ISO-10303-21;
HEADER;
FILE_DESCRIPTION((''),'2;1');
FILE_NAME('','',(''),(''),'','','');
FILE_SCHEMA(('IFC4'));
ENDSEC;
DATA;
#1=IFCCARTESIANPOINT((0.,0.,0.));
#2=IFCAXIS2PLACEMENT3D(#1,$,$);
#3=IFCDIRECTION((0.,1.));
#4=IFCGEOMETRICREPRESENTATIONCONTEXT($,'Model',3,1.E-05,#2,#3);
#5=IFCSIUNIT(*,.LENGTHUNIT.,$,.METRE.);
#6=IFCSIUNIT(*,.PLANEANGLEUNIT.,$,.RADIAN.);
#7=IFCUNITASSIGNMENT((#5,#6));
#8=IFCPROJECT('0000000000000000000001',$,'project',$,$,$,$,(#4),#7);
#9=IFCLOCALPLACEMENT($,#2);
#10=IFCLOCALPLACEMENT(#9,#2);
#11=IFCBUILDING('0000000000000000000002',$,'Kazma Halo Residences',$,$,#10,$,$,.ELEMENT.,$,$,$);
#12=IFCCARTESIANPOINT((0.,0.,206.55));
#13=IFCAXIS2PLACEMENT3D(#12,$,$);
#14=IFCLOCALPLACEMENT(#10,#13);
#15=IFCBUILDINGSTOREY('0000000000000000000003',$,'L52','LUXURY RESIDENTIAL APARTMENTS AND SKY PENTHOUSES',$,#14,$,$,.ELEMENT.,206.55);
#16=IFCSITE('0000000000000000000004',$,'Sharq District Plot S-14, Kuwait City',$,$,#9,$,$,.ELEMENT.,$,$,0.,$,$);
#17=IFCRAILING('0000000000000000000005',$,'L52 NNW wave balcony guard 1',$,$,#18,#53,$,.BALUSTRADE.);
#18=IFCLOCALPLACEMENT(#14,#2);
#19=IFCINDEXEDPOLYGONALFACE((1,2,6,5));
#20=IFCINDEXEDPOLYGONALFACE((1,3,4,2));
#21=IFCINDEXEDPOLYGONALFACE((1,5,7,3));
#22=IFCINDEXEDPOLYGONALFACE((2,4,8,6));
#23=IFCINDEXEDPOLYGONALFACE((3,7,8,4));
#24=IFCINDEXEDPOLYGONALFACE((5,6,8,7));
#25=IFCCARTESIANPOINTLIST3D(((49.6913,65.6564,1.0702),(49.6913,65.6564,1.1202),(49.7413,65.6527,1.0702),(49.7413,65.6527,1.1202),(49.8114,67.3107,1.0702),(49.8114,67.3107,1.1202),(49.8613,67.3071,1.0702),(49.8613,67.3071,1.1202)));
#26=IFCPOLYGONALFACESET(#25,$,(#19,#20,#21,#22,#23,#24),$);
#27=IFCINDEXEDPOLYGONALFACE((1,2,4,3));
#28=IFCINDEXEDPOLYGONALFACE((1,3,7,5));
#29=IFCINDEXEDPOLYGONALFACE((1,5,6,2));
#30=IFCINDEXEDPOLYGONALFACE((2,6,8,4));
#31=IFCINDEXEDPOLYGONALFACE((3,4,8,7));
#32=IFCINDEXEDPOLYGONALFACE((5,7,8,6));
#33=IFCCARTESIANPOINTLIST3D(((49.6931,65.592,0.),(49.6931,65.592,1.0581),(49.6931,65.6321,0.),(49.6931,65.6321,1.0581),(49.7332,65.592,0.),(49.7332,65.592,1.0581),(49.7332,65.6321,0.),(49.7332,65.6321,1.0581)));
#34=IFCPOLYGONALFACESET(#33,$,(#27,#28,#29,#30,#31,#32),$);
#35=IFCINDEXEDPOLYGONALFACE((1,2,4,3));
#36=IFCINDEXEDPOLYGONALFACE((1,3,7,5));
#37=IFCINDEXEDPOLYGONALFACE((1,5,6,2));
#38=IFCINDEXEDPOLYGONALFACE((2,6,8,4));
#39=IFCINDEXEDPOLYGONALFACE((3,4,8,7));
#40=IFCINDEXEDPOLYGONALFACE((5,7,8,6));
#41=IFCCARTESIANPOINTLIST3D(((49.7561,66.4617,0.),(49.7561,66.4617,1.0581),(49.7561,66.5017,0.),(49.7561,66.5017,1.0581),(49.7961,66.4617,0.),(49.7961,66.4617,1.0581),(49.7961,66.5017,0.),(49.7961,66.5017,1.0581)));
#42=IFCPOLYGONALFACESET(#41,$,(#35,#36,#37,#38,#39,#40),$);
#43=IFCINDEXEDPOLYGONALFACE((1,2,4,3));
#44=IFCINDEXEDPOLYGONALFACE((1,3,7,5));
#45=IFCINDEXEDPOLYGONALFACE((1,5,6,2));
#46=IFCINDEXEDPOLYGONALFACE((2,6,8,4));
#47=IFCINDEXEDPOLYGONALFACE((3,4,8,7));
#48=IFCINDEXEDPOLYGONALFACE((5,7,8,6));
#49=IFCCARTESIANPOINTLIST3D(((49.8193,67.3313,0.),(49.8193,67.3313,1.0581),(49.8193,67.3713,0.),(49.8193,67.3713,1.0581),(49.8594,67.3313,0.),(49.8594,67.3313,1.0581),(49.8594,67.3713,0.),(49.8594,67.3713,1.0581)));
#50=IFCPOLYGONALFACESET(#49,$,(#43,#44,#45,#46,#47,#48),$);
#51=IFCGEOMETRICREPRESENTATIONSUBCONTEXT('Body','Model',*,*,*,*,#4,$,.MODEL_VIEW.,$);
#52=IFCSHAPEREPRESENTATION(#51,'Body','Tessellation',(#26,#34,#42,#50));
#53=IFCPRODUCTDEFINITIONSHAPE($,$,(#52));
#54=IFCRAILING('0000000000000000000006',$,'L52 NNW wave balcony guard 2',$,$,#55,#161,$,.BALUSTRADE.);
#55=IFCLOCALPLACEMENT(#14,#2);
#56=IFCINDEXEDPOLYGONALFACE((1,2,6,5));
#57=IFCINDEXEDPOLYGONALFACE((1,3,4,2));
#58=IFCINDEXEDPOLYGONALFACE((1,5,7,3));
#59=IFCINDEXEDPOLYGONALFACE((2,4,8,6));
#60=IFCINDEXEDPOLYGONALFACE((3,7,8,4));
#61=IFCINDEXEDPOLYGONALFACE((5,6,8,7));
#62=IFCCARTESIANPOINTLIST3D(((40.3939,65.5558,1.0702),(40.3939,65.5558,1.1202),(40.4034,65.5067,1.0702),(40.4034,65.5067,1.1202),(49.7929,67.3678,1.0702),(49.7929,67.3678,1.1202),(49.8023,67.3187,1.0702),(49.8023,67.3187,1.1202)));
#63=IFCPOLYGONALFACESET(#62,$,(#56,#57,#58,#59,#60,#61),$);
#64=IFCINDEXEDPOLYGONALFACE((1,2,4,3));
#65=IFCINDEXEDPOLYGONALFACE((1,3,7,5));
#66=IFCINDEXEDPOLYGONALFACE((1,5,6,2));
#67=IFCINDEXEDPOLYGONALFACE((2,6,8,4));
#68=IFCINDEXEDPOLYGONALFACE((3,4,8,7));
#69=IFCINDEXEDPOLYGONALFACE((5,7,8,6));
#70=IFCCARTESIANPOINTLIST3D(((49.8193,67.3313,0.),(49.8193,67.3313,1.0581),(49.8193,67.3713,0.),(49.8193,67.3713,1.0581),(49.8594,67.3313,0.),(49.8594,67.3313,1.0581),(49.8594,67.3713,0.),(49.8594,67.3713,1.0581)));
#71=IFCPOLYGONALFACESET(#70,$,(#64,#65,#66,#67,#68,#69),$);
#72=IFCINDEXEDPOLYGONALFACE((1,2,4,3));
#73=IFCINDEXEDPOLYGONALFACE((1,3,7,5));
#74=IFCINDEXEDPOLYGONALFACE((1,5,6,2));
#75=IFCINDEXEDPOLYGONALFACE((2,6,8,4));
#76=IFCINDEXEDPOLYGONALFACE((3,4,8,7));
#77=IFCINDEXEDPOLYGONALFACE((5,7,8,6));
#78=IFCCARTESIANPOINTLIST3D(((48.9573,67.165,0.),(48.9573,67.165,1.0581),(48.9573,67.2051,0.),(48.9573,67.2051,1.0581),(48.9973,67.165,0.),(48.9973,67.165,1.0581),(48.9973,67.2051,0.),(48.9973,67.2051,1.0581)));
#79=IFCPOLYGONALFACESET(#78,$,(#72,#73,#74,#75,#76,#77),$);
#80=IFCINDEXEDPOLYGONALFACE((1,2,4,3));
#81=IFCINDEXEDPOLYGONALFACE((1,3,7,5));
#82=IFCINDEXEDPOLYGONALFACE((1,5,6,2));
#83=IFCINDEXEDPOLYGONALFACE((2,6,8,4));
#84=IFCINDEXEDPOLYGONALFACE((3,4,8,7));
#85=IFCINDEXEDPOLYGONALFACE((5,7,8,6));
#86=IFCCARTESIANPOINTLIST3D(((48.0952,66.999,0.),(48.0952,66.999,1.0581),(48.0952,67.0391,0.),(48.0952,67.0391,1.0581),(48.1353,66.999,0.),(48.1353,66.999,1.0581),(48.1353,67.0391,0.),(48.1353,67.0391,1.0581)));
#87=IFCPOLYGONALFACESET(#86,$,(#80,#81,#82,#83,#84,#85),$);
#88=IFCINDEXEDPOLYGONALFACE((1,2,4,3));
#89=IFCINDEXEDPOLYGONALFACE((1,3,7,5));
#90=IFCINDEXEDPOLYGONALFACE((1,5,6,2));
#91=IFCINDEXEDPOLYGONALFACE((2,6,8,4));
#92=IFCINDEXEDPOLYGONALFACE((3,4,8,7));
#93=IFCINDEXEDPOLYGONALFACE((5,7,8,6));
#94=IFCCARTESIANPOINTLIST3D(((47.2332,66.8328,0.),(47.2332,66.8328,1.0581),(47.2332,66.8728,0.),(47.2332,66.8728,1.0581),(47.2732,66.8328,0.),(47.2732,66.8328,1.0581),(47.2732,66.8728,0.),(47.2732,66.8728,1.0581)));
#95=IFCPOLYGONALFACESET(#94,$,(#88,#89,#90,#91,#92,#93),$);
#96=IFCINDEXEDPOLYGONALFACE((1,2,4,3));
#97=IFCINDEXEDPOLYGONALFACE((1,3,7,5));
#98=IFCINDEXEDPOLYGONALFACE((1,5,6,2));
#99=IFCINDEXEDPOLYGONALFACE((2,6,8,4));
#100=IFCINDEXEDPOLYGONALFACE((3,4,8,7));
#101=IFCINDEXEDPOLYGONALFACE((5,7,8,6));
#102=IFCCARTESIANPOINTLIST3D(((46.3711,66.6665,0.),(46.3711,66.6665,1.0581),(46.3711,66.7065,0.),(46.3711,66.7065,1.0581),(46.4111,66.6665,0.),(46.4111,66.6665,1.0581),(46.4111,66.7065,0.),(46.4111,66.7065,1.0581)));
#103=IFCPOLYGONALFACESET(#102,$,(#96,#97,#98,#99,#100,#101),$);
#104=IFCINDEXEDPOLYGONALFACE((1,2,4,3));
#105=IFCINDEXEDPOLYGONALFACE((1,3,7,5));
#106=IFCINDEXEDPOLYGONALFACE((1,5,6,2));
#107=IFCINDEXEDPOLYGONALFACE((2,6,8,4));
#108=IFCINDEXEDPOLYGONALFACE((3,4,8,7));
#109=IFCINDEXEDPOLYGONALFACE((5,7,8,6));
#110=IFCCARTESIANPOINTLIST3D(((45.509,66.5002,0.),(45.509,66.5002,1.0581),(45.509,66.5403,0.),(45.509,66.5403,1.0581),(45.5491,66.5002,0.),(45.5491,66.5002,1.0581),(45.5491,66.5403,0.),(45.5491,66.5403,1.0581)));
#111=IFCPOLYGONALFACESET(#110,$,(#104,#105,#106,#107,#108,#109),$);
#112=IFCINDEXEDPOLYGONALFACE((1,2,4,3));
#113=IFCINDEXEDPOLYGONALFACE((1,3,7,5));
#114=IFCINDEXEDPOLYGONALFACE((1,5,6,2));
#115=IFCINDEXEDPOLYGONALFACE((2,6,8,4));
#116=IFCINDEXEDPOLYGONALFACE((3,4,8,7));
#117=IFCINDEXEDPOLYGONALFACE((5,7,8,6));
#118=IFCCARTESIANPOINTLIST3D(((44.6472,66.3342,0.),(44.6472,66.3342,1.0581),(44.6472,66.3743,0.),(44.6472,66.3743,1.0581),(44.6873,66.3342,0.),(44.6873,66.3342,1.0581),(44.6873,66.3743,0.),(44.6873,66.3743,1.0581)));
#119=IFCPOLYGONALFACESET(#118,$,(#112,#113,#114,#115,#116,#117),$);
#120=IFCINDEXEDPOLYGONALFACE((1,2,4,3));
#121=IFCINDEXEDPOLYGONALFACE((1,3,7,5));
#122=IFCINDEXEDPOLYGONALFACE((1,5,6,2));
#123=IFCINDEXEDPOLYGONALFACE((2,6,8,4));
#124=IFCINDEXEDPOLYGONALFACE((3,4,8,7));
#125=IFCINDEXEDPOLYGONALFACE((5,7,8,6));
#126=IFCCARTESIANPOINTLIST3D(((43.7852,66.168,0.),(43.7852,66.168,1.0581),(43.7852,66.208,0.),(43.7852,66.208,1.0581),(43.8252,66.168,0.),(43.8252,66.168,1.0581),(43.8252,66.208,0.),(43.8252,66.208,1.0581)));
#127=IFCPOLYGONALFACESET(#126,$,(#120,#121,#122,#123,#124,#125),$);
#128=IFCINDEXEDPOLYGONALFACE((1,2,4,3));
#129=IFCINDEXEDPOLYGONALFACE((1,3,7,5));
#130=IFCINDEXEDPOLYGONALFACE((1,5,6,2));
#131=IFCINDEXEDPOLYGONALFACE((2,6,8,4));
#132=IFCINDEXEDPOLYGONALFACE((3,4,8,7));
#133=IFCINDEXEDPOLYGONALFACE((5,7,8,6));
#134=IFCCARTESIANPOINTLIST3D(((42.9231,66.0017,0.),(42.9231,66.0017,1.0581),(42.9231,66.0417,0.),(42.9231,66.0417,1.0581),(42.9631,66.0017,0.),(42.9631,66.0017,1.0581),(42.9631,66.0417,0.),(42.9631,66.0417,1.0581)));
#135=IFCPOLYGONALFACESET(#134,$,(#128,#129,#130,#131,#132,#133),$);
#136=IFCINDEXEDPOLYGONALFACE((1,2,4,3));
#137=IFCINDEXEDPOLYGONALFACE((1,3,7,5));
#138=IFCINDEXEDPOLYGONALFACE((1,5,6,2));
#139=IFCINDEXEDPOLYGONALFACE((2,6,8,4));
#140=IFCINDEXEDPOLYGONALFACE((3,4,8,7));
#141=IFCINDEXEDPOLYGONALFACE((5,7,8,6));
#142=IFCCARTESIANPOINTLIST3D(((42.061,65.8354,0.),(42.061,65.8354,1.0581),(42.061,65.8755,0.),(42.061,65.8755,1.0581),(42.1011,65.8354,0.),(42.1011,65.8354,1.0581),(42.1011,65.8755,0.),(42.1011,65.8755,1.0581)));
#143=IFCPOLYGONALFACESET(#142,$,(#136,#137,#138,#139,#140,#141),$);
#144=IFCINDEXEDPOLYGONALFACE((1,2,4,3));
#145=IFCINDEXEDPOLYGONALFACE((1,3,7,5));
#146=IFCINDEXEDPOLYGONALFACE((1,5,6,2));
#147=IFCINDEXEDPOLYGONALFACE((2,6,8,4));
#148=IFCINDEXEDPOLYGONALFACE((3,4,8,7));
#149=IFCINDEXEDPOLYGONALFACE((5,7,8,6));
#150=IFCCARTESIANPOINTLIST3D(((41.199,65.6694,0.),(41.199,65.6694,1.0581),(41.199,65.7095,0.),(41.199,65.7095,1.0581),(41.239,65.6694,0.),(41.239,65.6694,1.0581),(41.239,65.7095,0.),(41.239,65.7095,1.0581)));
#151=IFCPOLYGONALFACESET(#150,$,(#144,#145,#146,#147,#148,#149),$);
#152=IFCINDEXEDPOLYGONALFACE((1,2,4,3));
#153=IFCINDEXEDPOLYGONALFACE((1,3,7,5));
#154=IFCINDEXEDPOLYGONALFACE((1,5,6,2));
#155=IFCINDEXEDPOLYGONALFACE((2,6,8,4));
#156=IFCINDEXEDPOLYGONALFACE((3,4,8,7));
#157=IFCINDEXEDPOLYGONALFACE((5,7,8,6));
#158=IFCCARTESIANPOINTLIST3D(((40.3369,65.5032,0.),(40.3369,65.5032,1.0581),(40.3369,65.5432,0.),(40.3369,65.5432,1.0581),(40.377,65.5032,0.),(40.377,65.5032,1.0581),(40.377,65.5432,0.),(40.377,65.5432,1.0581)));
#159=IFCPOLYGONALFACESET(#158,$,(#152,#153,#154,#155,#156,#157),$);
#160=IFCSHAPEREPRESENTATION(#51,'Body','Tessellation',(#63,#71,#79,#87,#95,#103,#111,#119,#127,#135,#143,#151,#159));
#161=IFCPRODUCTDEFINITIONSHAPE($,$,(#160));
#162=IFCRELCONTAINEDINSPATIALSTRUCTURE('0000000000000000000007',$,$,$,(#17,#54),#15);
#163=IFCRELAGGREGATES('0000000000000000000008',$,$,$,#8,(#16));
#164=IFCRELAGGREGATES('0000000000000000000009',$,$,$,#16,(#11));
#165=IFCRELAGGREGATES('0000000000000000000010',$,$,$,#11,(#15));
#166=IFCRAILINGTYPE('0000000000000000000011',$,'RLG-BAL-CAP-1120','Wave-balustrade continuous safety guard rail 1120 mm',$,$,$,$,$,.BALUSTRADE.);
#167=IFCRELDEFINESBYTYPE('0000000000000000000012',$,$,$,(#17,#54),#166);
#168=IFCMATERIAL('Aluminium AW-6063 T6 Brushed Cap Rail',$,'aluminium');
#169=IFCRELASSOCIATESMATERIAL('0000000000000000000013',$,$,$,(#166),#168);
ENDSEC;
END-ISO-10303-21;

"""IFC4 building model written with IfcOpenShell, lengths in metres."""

from ifc_helpers import new_model, si_unit, direction, frame, origin, origin_2d, place, context, subcontext, project, spatial, rectangle, extrude, material, type_object, element, save


model = new_model("IFC4")

# Units and contexts
model_context = context("Model", 3, precision=1e-05, world=origin(), true_north=direction((0.0, 1.0)))
body_context = subcontext(model_context, "Body", "Model", "MODEL_VIEW")
ifc_project = project(units=[si_unit("LENGTHUNIT", "METRE"), si_unit("PLANEANGLEUNIT", "RADIAN")], contexts=[model_context])

# Site, building, storey
site_placement = place(None, origin())
site = spatial("IfcSite", under=ifc_project, at=site_placement, Name="Sharq District Plot S-14, Kuwait City", CompositionType="ELEMENT", RefElevation=0.0)
building_placement = place(site_placement, origin())
building = spatial("IfcBuilding", under=site, at=building_placement, Name="Kazma Halo Residences", CompositionType="ELEMENT")
storey_placement = place(building_placement, frame((0.0, 0.0, 206.55)))
storey = spatial("IfcBuildingStorey", under=building, at=storey_placement, Name="L52", Description="LUXURY RESIDENTIAL APARTMENTS AND SKY PENTHOUSES", CompositionType="ELEMENT", Elevation=206.55)

# Railings
ifc_material_1 = material(Name="Aluminium AW-6063 T6 Brushed Cap Rail", Category="aluminium")
railing_type = type_object("IfcRailingType", Name="RLG-BAL-CAP-1120", Description="Wave-balustrade continuous safety guard rail 1120 mm", PredefinedType="BALUSTRADE", material=ifc_material_1)
railing_1_placement = place(storey_placement, frame((49.7131, 65.6121, 0.0)))
element("IfcRailing", 1, at=railing_1_placement, inside=storey, type_object=railing_type, Name="L52 NNW wave balcony guard 1", PredefinedType="BALUSTRADE", context=body_context, shape_type="SweptSolid", body=[
    extrude(rectangle(XDim=0.05, YDim=0.05, at=origin_2d()), frame((0.0032, 0.0425, 1.0952), z_axis=(0.072381, 0.997377, 0.0), x_axis=(-0.997377, 0.072381, 0.0)), (0.0, 0.0, 1.0), 1.6587),
    extrude(rectangle(XDim=0.04, YDim=0.04, at=origin_2d()), origin(), (0.0, 0.0, 1.0), 1.0581),
    extrude(rectangle(XDim=0.04, YDim=0.04, at=origin_2d()), frame((0.063, 0.8696, 0.0)), (0.0, 0.0, 1.0), 1.0581),
    extrude(rectangle(XDim=0.04, YDim=0.04, at=origin_2d()), frame((0.1262, 1.7393, 0.0)), (0.0, 0.0, 1.0), 1.0581),
])
railing_2_placement = place(storey_placement, frame((49.8394, 67.3513, 0.0)))
element("IfcRailing", 2, at=railing_2_placement, inside=storey, type_object=railing_type, Name="L52 NNW wave balcony guard 2", PredefinedType="BALUSTRADE", context=body_context, shape_type="SweptSolid", body=[
    extrude(rectangle(XDim=0.05, YDim=0.05, at=origin_2d()), frame((-0.0417, -0.0081, 1.0952), z_axis=(-0.981918, -0.189305, 0.0), x_axis=(0.189305, -0.981918, 0.0)), (0.0, 0.0, 1.0), 9.572),
    extrude(rectangle(XDim=0.04, YDim=0.04, at=origin_2d()), origin(), (0.0, 0.0, 1.0), 1.0581),
    extrude(rectangle(XDim=0.04, YDim=0.04, at=origin_2d()), frame((-0.8621, -0.1663, 0.0)), (0.0, 0.0, 1.0), 1.0581),
    extrude(rectangle(XDim=0.04, YDim=0.04, at=origin_2d()), frame((-1.7241, -0.3323, 0.0)), (0.0, 0.0, 1.0), 1.0581),
    extrude(rectangle(XDim=0.04, YDim=0.04, at=origin_2d()), frame((-2.5862, -0.4985, 0.0)), (0.0, 0.0, 1.0), 1.0581),
    extrude(rectangle(XDim=0.04, YDim=0.04, at=origin_2d()), frame((-3.4482, -0.6648, 0.0)), (0.0, 0.0, 1.0), 1.0581),
    extrude(rectangle(XDim=0.04, YDim=0.04, at=origin_2d()), frame((-4.3103, -0.8311, 0.0)), (0.0, 0.0, 1.0), 1.0581),
    extrude(rectangle(XDim=0.04, YDim=0.04, at=origin_2d()), frame((-5.1721, -0.9971, 0.0)), (0.0, 0.0, 1.0), 1.0581),
    extrude(rectangle(XDim=0.04, YDim=0.04, at=origin_2d()), frame((-6.0342, -1.1633, 0.0)), (0.0, 0.0, 1.0), 1.0581),
    extrude(rectangle(XDim=0.04, YDim=0.04, at=origin_2d()), frame((-6.8962, -1.3296, 0.0)), (0.0, 0.0, 1.0), 1.0581),
    extrude(rectangle(XDim=0.04, YDim=0.04, at=origin_2d()), frame((-7.7583, -1.4958, 0.0)), (0.0, 0.0, 1.0), 1.0581),
    extrude(rectangle(XDim=0.04, YDim=0.04, at=origin_2d()), frame((-8.6204, -1.6619, 0.0)), (0.0, 0.0, 1.0), 1.0581),
    extrude(rectangle(XDim=0.04, YDim=0.04, at=origin_2d()), frame((-9.4824, -1.8281, 0.0)), (0.0, 0.0, 1.0), 1.0581),
])

save(model, "model.ifc")
